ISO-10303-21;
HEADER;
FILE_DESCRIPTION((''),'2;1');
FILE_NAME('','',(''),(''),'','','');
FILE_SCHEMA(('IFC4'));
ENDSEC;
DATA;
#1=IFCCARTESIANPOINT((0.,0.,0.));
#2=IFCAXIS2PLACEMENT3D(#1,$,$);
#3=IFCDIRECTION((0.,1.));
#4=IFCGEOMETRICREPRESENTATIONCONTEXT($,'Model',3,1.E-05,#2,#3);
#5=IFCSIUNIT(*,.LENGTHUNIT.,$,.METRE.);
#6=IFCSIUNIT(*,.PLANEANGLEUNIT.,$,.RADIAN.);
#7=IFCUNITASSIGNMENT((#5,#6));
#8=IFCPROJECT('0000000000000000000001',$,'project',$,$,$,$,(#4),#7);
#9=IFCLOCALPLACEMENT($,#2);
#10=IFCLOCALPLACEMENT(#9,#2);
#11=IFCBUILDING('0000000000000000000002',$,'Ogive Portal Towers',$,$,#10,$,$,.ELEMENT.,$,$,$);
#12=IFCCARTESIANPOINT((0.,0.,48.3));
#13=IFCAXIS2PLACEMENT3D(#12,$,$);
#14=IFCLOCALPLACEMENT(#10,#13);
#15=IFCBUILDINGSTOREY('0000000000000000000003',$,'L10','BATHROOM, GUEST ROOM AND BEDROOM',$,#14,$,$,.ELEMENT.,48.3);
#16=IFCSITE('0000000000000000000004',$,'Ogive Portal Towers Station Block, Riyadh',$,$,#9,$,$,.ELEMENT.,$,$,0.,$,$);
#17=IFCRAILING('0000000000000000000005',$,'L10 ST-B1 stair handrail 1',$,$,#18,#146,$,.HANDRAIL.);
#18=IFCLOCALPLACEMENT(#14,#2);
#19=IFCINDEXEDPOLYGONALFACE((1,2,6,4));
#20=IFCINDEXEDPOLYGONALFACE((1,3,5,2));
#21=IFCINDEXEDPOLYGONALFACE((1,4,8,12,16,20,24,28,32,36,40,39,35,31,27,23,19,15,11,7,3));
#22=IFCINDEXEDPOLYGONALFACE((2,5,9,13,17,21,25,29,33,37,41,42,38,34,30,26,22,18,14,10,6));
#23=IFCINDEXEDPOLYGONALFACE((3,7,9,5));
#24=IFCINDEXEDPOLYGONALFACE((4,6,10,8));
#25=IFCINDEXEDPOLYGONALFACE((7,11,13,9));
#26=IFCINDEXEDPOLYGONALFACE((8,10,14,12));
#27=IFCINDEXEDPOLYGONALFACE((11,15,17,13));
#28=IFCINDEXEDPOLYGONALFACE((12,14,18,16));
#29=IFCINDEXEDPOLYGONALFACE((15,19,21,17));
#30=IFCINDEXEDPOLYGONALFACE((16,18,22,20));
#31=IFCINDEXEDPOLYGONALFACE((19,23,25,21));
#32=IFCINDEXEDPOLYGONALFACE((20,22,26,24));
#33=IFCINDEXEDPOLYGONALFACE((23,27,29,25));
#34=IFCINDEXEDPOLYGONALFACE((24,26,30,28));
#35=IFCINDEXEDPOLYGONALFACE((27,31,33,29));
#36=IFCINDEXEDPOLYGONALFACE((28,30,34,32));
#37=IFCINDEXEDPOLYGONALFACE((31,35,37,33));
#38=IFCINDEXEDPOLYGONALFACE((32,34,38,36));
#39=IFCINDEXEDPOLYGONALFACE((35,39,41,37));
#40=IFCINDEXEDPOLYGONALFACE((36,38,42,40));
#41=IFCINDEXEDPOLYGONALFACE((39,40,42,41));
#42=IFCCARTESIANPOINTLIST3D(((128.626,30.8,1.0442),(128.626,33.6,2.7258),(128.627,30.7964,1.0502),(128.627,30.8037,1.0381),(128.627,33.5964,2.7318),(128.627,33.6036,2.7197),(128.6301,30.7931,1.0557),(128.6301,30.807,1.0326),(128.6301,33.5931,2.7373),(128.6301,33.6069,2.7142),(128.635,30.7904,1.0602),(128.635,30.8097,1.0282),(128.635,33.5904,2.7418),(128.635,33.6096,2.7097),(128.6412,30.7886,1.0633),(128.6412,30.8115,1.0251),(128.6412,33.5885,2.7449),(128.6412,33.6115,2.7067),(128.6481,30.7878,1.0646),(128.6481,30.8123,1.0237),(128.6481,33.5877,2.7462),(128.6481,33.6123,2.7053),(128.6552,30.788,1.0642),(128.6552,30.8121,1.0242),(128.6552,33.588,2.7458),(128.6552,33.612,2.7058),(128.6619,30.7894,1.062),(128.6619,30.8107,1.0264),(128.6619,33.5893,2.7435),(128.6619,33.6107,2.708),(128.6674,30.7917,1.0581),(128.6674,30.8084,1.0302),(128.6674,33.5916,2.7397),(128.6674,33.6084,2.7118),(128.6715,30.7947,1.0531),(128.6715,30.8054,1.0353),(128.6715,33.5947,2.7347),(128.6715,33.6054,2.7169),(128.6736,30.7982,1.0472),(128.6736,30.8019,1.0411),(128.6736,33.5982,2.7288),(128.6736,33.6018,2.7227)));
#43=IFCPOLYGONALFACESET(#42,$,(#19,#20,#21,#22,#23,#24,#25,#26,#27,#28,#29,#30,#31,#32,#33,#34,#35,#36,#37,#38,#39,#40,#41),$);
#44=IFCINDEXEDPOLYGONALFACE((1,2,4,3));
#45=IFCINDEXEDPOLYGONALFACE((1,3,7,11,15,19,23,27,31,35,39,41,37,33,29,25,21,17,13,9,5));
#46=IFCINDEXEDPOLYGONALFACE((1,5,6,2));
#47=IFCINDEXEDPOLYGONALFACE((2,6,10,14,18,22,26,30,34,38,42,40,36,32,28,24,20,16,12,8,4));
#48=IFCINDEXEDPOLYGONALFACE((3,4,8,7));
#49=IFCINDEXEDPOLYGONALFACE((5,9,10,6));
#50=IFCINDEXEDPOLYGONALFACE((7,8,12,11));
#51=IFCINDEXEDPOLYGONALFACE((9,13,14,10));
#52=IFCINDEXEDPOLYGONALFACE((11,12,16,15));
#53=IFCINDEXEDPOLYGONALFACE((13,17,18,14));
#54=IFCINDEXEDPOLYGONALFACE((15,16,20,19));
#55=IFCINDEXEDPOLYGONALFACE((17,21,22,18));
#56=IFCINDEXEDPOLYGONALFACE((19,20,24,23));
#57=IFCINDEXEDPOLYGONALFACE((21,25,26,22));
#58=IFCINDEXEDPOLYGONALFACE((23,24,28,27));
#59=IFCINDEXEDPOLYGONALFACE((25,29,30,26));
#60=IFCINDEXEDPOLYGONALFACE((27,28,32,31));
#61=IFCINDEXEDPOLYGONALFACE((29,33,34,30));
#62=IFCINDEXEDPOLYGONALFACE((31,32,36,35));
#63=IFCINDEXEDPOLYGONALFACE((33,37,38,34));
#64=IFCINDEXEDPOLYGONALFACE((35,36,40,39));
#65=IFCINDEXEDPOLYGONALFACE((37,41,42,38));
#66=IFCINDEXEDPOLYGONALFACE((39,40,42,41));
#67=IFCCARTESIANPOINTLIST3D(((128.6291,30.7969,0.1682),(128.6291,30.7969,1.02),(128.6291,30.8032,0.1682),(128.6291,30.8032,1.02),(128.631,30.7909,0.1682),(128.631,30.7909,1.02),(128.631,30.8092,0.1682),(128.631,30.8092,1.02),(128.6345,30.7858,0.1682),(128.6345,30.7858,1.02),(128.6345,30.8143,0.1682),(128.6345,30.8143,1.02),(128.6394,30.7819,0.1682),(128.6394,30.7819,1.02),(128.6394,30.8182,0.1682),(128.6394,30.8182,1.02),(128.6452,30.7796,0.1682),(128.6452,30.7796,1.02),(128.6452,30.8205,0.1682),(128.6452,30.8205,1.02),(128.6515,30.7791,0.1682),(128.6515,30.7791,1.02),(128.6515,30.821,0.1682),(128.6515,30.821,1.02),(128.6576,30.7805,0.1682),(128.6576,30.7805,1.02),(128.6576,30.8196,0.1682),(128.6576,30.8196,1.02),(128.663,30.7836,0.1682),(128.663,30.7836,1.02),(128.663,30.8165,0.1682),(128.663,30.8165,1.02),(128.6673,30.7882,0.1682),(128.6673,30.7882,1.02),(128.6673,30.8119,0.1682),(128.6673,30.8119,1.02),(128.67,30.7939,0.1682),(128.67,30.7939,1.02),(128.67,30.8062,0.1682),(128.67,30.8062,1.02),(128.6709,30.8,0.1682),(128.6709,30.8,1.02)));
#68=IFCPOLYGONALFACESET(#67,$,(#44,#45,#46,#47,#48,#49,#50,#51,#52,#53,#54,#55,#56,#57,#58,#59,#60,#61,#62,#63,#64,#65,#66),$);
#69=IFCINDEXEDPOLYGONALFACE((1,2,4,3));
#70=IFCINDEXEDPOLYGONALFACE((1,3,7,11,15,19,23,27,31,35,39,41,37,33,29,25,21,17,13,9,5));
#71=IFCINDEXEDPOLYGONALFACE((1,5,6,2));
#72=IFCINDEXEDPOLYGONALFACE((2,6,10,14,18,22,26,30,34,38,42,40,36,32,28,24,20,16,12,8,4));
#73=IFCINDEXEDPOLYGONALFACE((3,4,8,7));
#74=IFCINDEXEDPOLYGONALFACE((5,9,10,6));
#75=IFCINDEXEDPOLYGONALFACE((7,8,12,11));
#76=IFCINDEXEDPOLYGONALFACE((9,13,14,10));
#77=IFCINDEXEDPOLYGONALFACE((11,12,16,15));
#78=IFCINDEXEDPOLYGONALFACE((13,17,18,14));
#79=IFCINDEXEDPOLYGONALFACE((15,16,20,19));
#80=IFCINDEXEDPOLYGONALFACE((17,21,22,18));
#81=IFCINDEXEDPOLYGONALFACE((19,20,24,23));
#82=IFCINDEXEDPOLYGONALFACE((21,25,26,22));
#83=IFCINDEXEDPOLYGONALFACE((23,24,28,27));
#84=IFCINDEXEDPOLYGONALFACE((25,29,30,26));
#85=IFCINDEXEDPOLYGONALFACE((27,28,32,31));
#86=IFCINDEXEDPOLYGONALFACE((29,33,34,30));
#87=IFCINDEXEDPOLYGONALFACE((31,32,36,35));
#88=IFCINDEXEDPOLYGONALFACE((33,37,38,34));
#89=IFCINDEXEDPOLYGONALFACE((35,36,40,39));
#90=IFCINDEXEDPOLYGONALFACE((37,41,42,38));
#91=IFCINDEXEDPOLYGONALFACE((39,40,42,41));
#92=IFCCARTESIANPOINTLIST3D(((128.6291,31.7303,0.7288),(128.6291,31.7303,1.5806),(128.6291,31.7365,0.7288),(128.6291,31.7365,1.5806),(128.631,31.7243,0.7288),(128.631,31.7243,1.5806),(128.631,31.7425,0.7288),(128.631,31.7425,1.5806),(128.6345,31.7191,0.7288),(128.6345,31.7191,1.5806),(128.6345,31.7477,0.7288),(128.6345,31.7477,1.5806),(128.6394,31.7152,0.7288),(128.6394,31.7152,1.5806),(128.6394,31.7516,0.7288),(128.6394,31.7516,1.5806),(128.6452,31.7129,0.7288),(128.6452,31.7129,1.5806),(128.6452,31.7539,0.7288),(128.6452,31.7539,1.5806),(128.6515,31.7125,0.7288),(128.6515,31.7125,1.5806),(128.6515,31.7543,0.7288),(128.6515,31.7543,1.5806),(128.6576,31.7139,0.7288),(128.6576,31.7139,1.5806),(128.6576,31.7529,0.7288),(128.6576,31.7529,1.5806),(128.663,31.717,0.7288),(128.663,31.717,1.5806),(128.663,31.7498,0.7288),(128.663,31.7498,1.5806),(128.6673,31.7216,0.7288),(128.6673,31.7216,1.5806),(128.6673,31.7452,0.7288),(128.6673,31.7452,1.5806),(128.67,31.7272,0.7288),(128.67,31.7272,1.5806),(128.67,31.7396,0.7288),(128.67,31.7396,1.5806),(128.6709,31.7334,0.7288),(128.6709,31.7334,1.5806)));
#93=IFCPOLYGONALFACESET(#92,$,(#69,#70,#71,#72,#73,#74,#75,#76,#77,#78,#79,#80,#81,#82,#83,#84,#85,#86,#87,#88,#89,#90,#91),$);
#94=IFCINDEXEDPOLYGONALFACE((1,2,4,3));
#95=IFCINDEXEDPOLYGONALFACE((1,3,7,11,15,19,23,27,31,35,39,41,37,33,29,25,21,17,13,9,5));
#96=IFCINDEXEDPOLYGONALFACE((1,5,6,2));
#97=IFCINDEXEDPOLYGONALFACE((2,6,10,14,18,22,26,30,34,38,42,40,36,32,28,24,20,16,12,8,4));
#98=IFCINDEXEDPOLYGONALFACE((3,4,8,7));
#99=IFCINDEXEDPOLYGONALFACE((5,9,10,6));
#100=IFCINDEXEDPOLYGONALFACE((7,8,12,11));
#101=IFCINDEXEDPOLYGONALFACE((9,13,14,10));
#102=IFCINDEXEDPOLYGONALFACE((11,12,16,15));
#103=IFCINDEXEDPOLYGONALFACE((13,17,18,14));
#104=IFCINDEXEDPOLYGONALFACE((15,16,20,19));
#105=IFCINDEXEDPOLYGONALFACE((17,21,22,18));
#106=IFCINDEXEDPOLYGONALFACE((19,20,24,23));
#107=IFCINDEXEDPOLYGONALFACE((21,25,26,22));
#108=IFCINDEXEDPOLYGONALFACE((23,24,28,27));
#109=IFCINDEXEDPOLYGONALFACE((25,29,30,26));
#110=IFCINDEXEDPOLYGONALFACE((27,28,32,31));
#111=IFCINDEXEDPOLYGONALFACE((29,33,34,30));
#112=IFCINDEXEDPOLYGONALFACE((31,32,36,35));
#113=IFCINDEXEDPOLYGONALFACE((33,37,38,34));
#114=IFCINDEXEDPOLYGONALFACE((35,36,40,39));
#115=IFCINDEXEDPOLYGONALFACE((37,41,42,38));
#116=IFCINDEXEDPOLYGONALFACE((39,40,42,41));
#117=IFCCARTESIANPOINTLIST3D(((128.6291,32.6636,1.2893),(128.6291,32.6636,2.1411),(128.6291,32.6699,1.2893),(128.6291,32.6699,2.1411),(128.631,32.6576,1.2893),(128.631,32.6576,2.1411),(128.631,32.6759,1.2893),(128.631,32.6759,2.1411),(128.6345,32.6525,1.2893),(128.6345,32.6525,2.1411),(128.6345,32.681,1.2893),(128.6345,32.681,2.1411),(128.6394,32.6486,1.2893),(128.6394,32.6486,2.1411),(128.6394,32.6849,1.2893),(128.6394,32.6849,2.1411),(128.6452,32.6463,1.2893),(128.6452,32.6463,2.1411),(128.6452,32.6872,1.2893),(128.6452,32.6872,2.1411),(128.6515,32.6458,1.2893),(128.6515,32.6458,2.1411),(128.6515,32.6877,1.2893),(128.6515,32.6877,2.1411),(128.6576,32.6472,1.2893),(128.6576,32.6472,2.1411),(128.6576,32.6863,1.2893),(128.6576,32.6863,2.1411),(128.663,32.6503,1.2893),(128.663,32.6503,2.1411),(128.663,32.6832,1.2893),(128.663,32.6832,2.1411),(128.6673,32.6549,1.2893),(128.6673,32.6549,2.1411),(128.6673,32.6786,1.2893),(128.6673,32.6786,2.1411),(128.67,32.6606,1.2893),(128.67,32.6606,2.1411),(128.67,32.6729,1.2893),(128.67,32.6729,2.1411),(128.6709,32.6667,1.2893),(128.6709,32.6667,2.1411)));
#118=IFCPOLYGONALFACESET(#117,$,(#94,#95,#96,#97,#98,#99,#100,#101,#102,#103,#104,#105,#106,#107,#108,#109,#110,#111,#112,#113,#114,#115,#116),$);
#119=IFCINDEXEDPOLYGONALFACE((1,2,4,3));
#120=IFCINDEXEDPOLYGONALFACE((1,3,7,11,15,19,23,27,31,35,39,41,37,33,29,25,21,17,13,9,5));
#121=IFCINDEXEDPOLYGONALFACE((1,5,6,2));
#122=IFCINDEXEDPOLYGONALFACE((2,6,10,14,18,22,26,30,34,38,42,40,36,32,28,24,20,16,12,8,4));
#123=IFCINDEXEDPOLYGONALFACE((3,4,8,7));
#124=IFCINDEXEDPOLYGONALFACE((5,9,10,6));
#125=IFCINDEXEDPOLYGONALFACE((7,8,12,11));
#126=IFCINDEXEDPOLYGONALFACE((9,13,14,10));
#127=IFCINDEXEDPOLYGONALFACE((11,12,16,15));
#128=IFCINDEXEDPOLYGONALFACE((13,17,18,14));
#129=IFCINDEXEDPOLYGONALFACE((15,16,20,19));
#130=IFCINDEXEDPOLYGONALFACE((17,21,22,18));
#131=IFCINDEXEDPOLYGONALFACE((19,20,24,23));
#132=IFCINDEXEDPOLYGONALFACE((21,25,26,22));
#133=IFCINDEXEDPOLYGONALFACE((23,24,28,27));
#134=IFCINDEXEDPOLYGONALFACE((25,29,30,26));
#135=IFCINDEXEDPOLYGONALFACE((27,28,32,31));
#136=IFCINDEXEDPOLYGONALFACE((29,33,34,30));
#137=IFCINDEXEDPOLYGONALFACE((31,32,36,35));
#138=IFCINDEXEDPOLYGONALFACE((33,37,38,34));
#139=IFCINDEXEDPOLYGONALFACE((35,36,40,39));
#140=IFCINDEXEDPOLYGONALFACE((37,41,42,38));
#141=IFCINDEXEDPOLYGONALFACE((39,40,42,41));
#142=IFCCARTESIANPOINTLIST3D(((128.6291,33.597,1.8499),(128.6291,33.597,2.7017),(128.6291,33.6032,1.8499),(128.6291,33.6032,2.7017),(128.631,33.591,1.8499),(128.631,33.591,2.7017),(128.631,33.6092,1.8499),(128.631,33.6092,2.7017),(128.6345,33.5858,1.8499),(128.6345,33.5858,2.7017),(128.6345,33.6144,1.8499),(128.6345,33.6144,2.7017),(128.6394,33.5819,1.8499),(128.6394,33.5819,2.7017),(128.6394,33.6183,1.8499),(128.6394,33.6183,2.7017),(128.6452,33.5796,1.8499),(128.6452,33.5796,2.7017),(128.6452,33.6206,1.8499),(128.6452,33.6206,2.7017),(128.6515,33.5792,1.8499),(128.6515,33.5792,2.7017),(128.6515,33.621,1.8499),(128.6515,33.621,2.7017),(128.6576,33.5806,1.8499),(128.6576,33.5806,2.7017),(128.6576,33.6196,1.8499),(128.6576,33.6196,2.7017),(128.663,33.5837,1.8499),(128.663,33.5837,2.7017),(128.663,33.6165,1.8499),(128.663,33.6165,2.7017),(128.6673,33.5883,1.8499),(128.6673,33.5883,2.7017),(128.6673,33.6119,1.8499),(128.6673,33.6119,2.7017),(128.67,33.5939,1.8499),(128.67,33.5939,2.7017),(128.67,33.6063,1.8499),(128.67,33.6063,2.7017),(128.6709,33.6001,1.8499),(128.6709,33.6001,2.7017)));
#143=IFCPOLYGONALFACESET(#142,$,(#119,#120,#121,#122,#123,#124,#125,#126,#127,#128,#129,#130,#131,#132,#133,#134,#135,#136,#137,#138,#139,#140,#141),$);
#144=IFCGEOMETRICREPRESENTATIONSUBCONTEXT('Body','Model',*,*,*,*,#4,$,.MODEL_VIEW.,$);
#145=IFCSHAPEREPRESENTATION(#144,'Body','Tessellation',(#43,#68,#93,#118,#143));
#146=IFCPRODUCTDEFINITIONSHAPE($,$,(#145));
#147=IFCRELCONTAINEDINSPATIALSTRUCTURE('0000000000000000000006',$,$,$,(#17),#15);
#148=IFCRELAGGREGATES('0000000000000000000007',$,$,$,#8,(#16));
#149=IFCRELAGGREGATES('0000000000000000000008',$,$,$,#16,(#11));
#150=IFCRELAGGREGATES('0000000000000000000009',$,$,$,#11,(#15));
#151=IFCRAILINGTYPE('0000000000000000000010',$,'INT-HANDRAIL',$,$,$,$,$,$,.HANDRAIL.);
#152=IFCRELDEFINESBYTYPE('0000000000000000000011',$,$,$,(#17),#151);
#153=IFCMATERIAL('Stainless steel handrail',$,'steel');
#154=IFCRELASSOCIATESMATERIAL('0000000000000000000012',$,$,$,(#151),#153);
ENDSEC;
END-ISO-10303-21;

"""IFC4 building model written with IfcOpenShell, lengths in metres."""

from ifc_helpers import new_model, si_unit, direction, frame, origin, origin_2d, place, context, subcontext, project, spatial, circle, extrude, material, type_object, element, save


model = new_model("IFC4")

# Units and contexts
model_context = context("Model", 3, precision=1e-05, world=origin(), true_north=direction((0.0, 1.0)))
body_context = subcontext(model_context, "Body", "Model", "MODEL_VIEW")
ifc_project = project(units=[si_unit("LENGTHUNIT", "METRE"), si_unit("PLANEANGLEUNIT", "RADIAN")], contexts=[model_context])

# Site, building, storey
site_placement = place(None, origin())
site = spatial("IfcSite", under=ifc_project, at=site_placement, Name="Ogive Portal Towers Station Block, Riyadh", CompositionType="ELEMENT", RefElevation=0.0)
building_placement = place(site_placement, origin())
building = spatial("IfcBuilding", under=site, at=building_placement, Name="Ogive Portal Towers", CompositionType="ELEMENT")
storey_placement = place(building_placement, frame((0.0, 0.0, 48.3)))
storey = spatial("IfcBuildingStorey", under=building, at=storey_placement, Name="L10", Description="BATHROOM, GUEST ROOM AND BEDROOM", CompositionType="ELEMENT", Elevation=48.3)

# Railing
ifc_material_1 = material(Name="Stainless steel handrail", Category="steel")
railing_type_1 = type_object("IfcRailingType", Name="INT-HANDRAIL", PredefinedType="HANDRAIL", material=ifc_material_1)
railing_1_placement = place(storey_placement, frame((128.6499, 30.8, 0.1682)))
element("IfcRailing", 1, at=railing_1_placement, inside=storey, type_object=railing_type_1, Name="L10 ST-B1 stair handrail 1", PredefinedType="HANDRAIL", context=body_context, shape_type="SweptSolid", body=[
    extrude(circle(Radius=0.0239, at=origin_2d()), frame((0.0, 0.0, 0.876), z_axis=(0.0, 0.857275, 0.514858), x_axis=(-1.0, 0.0, 0.0)), (0.0, 0.0, 1.0), 3.2661),
    extrude(circle(Radius=0.021, at=origin_2d()), origin(), (0.0, 0.0, 1.0), 0.8518),
    extrude(circle(Radius=0.021, at=origin_2d()), frame((0.0, 0.9333, 0.5605)), (0.0, 0.0, 1.0), 0.8518),
    extrude(circle(Radius=0.021, at=origin_2d()), frame((0.0, 1.8667, 1.1211)), (0.0, 0.0, 1.0), 0.8518),
    extrude(circle(Radius=0.021, at=origin_2d()), frame((0.0, 2.8, 1.6816)), (0.0, 0.0, 1.0), 0.8518),
])

save(model, "model.ifc")
